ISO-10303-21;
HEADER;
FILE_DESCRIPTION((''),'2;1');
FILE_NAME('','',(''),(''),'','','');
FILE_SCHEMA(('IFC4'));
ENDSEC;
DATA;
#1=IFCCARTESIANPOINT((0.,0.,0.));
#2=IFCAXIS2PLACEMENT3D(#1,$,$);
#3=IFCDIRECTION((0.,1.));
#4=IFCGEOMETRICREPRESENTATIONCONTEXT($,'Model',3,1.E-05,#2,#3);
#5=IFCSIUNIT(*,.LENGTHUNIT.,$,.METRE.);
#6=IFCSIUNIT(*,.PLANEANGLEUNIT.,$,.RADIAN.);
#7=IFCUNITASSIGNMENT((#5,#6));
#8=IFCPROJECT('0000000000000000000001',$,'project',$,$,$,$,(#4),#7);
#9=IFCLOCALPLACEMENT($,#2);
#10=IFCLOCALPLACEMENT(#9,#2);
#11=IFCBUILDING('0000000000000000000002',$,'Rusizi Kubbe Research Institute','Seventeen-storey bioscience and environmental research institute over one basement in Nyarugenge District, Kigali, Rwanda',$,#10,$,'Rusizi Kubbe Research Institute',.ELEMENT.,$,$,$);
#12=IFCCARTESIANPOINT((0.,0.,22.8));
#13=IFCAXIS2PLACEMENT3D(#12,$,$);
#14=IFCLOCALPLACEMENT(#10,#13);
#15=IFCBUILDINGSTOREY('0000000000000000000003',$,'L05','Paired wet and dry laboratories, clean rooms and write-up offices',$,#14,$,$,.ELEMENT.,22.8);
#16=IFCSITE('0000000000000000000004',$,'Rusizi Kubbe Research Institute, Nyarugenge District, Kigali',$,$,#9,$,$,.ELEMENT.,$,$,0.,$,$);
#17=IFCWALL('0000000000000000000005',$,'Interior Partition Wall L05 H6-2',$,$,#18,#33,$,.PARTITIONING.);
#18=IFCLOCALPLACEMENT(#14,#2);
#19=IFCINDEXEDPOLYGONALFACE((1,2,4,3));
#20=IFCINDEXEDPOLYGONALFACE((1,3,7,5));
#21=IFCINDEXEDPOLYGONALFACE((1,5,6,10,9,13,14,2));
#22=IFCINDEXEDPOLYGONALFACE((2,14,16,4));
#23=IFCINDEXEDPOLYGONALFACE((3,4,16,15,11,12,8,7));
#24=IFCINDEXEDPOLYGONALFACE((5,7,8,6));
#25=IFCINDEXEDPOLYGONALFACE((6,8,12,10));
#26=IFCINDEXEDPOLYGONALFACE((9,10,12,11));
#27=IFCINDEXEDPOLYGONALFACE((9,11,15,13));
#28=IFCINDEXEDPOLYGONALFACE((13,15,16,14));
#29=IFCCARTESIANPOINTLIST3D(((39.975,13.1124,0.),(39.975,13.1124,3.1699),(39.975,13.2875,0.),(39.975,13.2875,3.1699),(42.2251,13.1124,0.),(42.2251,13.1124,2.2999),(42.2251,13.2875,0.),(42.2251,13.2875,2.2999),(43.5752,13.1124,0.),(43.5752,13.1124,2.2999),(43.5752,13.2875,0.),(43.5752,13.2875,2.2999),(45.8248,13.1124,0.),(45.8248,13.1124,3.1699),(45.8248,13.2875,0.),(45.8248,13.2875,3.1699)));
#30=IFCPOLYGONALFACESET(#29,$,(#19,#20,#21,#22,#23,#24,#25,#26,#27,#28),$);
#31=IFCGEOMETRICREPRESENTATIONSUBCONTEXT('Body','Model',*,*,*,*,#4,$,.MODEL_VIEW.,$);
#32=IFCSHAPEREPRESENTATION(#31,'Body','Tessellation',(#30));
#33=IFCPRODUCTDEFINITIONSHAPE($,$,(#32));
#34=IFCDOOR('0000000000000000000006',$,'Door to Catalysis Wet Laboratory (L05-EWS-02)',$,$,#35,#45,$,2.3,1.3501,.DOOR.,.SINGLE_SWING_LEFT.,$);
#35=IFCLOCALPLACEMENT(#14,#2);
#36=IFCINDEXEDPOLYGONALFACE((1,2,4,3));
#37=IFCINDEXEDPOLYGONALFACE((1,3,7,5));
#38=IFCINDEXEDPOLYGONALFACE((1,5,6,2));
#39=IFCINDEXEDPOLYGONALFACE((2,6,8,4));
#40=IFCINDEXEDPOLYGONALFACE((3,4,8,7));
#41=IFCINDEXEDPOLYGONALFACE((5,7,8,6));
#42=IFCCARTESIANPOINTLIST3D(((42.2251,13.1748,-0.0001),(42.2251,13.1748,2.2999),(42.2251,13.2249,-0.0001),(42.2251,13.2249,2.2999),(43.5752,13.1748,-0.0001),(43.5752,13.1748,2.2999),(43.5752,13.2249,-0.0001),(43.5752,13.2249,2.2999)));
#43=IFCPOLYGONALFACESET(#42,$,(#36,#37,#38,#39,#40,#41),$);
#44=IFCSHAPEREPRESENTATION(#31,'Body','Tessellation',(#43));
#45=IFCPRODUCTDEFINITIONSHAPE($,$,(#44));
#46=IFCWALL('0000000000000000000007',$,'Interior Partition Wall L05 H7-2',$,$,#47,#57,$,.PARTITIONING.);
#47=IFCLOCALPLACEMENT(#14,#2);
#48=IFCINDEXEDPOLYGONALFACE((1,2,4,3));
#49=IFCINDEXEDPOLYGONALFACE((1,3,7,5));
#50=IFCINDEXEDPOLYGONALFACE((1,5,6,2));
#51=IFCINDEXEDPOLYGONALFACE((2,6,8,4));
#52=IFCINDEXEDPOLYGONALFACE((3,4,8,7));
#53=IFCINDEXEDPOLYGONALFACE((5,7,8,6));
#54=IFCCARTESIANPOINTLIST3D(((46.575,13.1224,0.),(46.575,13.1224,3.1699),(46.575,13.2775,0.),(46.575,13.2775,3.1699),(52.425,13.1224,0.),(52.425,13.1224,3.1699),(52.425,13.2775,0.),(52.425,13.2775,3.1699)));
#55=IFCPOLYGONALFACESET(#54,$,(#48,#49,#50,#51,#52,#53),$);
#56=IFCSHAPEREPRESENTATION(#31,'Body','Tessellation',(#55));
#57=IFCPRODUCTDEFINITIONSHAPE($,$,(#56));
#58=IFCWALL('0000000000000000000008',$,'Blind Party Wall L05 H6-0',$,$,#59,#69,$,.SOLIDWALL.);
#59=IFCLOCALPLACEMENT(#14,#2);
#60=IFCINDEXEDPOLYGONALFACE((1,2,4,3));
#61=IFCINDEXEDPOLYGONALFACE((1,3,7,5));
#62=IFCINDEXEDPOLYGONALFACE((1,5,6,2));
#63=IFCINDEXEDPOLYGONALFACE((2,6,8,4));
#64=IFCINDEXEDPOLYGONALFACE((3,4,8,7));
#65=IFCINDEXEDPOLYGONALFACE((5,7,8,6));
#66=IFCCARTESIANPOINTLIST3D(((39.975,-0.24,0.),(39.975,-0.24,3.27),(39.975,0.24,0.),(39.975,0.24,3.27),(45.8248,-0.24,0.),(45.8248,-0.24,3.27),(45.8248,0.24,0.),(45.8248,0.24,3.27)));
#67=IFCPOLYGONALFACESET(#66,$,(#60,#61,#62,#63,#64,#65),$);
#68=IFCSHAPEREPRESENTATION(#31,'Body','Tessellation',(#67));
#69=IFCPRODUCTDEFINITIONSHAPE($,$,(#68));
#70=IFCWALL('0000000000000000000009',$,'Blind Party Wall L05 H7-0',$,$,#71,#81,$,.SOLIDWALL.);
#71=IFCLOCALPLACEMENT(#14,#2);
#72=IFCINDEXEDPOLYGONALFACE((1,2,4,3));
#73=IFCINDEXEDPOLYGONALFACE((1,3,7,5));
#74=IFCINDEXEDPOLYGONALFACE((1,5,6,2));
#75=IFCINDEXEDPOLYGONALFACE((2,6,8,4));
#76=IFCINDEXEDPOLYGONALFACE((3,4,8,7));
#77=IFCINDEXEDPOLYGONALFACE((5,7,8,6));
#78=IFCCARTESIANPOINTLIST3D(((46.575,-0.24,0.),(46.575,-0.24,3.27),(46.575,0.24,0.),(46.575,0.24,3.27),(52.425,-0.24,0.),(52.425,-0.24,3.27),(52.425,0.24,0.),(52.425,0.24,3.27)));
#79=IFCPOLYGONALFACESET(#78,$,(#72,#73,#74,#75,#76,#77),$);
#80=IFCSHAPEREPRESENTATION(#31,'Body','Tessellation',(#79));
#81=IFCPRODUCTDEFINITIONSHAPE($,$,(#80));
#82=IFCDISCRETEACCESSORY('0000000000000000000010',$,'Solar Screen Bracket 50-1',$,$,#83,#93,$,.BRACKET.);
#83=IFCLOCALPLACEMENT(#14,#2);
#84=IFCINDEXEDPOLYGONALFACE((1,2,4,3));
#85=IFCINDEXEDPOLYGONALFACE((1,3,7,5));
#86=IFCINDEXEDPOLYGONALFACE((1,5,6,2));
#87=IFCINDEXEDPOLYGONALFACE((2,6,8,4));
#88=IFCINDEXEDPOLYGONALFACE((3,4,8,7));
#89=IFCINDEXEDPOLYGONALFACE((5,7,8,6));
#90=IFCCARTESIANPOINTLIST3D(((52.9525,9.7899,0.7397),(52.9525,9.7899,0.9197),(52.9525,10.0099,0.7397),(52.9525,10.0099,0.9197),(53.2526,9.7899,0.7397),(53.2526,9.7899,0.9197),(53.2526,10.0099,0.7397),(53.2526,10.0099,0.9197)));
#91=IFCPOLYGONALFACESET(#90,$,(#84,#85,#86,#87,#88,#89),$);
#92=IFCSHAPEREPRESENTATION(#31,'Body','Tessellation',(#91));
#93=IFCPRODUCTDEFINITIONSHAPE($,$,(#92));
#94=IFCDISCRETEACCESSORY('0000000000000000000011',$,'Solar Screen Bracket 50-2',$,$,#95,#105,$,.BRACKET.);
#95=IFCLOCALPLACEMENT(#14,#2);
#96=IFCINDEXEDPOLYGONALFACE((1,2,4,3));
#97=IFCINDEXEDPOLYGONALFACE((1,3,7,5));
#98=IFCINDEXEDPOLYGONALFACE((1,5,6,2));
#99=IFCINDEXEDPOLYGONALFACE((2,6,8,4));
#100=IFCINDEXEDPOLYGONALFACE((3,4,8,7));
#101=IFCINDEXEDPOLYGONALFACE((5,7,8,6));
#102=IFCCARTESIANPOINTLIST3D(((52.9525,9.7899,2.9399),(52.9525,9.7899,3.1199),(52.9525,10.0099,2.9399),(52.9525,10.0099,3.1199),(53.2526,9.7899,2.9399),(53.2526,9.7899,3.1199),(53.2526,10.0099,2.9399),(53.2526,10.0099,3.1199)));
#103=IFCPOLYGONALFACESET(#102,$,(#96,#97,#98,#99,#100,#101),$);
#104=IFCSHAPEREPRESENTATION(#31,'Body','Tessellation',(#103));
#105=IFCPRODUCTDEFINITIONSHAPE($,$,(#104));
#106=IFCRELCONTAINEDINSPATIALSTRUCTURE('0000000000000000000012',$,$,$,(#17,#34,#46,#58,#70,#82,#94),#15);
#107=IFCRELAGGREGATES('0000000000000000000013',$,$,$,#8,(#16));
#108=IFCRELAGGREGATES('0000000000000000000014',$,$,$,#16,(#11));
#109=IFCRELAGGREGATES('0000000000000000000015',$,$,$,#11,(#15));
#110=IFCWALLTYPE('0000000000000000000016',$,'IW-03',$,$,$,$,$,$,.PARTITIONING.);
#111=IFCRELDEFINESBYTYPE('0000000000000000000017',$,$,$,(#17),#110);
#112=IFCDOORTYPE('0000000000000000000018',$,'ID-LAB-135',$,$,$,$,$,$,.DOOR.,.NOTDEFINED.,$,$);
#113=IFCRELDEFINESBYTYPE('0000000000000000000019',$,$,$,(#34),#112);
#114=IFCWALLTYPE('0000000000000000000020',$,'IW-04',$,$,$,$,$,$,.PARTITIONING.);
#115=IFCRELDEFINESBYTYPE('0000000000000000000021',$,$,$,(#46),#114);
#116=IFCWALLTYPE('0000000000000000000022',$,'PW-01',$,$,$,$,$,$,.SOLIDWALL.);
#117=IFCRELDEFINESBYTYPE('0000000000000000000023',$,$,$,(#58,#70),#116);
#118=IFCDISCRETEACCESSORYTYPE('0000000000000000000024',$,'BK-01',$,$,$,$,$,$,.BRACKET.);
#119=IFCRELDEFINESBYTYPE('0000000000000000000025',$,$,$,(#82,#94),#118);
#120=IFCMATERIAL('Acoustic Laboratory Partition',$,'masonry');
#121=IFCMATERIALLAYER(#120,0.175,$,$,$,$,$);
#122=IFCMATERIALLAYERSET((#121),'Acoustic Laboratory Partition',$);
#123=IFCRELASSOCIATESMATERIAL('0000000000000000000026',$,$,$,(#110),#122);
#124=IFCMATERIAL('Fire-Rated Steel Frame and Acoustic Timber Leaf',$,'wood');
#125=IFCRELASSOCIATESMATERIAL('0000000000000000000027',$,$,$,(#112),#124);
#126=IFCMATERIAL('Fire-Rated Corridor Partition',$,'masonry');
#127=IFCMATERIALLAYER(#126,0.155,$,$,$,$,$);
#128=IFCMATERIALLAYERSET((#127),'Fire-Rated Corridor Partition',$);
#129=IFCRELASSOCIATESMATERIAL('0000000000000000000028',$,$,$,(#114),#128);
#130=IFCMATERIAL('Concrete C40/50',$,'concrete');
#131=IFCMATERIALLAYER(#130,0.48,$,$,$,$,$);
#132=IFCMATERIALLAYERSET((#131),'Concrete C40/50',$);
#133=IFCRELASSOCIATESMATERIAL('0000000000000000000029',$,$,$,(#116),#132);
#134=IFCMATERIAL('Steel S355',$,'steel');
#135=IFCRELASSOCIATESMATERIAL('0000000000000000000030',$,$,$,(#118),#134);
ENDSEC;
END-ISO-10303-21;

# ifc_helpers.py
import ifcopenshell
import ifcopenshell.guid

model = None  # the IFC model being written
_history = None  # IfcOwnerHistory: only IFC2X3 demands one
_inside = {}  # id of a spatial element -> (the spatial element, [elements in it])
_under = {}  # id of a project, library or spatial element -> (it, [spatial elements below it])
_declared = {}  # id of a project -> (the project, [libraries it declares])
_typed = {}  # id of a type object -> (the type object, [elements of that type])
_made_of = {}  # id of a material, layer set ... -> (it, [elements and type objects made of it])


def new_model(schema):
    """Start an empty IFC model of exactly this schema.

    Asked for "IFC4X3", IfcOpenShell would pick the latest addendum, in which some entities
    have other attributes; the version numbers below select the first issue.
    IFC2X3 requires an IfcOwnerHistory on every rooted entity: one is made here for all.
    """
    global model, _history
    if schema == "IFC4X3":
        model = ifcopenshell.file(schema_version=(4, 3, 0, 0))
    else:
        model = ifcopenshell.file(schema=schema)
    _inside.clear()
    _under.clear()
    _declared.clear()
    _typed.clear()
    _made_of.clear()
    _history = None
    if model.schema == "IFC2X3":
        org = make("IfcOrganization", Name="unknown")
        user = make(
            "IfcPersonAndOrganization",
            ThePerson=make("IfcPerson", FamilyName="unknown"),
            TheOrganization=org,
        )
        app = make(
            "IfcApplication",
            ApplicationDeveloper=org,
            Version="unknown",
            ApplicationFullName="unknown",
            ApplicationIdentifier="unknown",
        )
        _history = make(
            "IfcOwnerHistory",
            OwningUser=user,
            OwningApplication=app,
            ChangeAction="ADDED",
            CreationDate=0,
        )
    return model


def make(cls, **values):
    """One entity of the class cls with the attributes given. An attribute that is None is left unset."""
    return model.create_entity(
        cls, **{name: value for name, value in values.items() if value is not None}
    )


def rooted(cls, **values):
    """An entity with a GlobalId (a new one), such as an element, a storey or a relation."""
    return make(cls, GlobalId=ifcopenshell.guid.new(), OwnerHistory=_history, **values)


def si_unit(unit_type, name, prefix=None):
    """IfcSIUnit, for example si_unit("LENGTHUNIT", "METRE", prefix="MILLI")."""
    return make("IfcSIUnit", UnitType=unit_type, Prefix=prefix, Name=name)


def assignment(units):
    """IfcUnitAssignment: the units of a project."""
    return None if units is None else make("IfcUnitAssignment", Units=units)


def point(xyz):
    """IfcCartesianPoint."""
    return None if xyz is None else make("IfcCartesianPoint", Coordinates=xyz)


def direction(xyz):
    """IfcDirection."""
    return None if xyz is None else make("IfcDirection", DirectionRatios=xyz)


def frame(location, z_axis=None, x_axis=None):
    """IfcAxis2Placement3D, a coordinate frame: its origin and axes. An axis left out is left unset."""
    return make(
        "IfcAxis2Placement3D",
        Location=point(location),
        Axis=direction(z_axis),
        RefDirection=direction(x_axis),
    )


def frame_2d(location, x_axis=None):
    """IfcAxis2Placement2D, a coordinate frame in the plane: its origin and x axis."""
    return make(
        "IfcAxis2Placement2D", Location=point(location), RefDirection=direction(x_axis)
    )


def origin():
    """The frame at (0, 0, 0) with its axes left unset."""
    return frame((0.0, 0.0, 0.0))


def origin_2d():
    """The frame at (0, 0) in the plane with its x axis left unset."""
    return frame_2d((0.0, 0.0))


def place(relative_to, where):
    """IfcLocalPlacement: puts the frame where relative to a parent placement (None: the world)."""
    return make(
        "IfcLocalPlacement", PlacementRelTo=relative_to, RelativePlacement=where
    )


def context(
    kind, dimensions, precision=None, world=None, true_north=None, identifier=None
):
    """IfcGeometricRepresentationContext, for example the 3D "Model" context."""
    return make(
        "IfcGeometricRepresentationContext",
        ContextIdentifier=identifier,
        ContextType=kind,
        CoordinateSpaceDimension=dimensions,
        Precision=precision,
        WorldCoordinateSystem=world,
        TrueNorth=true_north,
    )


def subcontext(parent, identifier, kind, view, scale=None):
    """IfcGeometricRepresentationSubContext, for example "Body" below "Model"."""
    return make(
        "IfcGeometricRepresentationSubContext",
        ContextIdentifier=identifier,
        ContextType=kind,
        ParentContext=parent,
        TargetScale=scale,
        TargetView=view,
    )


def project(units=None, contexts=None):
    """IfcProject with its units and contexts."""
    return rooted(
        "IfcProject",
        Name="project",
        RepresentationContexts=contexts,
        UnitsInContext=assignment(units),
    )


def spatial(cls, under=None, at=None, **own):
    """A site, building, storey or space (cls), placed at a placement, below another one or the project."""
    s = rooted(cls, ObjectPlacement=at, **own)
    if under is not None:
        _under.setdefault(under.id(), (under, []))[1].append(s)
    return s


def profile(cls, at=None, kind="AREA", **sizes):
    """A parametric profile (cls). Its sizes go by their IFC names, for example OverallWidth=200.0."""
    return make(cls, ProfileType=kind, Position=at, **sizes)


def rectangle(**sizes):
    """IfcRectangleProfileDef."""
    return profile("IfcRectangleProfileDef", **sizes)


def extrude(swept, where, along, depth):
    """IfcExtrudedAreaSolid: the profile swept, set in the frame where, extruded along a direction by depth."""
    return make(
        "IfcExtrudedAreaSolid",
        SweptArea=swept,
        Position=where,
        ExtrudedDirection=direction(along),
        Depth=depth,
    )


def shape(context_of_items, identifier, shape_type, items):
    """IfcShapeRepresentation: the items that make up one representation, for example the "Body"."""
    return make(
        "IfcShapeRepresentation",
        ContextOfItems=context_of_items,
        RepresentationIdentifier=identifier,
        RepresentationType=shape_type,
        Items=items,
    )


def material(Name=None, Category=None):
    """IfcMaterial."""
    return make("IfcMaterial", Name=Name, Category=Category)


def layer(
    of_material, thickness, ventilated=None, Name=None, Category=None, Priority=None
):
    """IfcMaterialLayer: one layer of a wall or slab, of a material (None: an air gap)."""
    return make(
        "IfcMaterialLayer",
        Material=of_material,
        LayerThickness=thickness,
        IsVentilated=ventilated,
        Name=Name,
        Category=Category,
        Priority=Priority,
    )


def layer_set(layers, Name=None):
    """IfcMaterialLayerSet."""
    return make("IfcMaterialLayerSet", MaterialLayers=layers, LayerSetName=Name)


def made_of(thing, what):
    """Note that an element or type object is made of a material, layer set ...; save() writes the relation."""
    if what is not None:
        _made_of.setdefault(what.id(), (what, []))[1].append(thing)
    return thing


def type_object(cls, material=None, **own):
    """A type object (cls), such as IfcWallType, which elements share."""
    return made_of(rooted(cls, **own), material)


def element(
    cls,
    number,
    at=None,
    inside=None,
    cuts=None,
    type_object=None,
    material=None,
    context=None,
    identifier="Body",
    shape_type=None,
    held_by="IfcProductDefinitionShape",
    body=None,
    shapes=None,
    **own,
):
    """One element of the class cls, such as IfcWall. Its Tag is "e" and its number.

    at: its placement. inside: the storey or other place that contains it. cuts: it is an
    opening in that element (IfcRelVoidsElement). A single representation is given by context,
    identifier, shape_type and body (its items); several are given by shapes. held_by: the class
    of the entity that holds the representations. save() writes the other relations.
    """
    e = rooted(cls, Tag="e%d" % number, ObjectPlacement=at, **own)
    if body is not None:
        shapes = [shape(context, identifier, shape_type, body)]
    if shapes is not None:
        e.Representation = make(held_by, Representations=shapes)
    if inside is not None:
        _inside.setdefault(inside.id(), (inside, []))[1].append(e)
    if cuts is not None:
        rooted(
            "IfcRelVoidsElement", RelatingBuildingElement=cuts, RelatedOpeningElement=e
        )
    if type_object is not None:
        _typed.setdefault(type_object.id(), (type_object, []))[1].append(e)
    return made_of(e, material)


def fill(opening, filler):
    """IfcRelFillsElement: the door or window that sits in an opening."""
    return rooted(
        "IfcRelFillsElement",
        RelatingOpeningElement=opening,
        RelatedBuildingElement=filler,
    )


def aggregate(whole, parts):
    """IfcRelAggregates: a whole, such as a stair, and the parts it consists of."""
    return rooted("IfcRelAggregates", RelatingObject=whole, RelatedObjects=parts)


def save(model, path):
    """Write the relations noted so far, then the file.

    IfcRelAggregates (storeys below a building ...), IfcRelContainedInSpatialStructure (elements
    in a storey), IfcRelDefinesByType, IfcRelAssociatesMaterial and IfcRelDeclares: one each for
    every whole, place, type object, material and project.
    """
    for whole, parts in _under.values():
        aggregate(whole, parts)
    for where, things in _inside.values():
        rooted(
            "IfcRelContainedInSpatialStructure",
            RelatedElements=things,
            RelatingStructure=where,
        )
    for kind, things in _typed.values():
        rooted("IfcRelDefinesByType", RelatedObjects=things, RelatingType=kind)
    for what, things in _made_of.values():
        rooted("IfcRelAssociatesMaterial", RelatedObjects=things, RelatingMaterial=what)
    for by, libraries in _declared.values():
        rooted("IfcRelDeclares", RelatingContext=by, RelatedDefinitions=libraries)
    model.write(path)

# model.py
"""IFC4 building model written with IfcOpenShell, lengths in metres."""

from ifc_helpers import new_model, si_unit, direction, frame, frame_2d, origin, origin_2d, place, context, subcontext, project, spatial, rectangle, extrude, material, layer, layer_set, type_object, element, fill, save


model = new_model("IFC4")

# Units and contexts
model_context = context("Model", 3, precision=1e-05, world=origin(), true_north=direction((0.0, 1.0)))
body_context = subcontext(model_context, "Body", "Model", "MODEL_VIEW")
ifc_project = project(units=[si_unit("LENGTHUNIT", "METRE"), si_unit("PLANEANGLEUNIT", "RADIAN")], contexts=[model_context])

# Site, building, storey
site_placement = place(None, origin())
site = spatial("IfcSite", under=ifc_project, at=site_placement, Name="Rusizi Kubbe Research Institute, Nyarugenge District, Kigali", CompositionType="ELEMENT", RefElevation=0.0)
building_placement = place(site_placement, origin())
building = spatial("IfcBuilding", under=site, at=building_placement, Name="Rusizi Kubbe Research Institute", Description="Seventeen-storey bioscience and environmental research institute over one basement in Nyarugenge District, Kigali, Rwanda", LongName="Rusizi Kubbe Research Institute", CompositionType="ELEMENT")
storey_placement = place(building_placement, frame((0.0, 0.0, 22.8)))
storey = spatial("IfcBuildingStorey", under=building, at=storey_placement, Name="L05", Description="Paired wet and dry laboratories, clean rooms and write-up offices", CompositionType="ELEMENT", Elevation=22.8)

# Wall, opening, door
ifc_material_1 = material(Name="Acoustic Laboratory Partition", Category="masonry")
ifc_layer_1 = layer(ifc_material_1, 0.175)
ifc_layer_set_1 = layer_set([ifc_layer_1], Name="Acoustic Laboratory Partition")
wall_type_1 = type_object("IfcWallType", Name="IW-03", PredefinedType="PARTITIONING", material=ifc_layer_set_1)
wall_1_placement = place(storey_placement, frame((39.9751, 13.2, 0.0), z_axis=(0.0, 0.0, 1.0), x_axis=(1.0, 0.0, 0.0)))
wall_1 = element("IfcWall", 1, at=wall_1_placement, inside=storey, type_object=wall_type_1, Name="Interior Partition Wall L05 H6-2", PredefinedType="PARTITIONING", context=body_context, shape_type="SweptSolid", body=[
    extrude(rectangle(XDim=5.8499, YDim=0.175, at=frame_2d((2.9248, 0.0))), origin(), (0.0, 0.0, 1.0), 3.1699),
])
opening_1_placement = place(wall_1_placement, frame((2.25, 0.0, 0.0)))
opening_1 = element("IfcOpeningElement", 2, at=opening_1_placement, cuts=wall_1, PredefinedType="OPENING", context=body_context, shape_type="SweptSolid", body=[
    extrude(rectangle(XDim=1.3501, YDim=2.3, at=frame_2d((0.675, 1.1499))), frame((0.0, 0.0974, 0.0), z_axis=(0.0, -1.0, 0.0), x_axis=(1.0, 0.0, 0.0)), (0.0, 0.0, 1.0), 0.1951),
])
ifc_material_2 = material(Name="Fire-Rated Steel Frame and Acoustic Timber Leaf", Category="wood")
door_type = type_object("IfcDoorType", Name="ID-LAB-135", OperationType="NOTDEFINED", PredefinedType="DOOR", material=ifc_material_2)
door_placement = place(opening_1_placement, origin())
door = element("IfcDoor", 3, at=door_placement, inside=storey, type_object=door_type, Name="Door to Catalysis Wet Laboratory (L05-EWS-02)", OperationType="SINGLE_SWING_LEFT", OverallHeight=2.3, OverallWidth=1.3501, PredefinedType="DOOR", context=body_context, shape_type="SweptSolid", body=[
    extrude(rectangle(XDim=1.3501, YDim=2.3, at=frame_2d((0.675, 1.1499))), frame((0.0, 0.0249, 0.0), z_axis=(0.0, -1.0, 0.0), x_axis=(1.0, 0.0, 0.0)), (0.0, 0.0, 1.0), 0.05),
])
fill(opening_1, door)

# Walls
ifc_material_3 = material(Name="Fire-Rated Corridor Partition", Category="masonry")
ifc_layer_2 = layer(ifc_material_3, 0.155)
ifc_layer_set_2 = layer_set([ifc_layer_2], Name="Fire-Rated Corridor Partition")
wall_type_2 = type_object("IfcWallType", Name="IW-04", PredefinedType="PARTITIONING", material=ifc_layer_set_2)
wall_2_placement = place(storey_placement, frame((46.575, 13.2, 0.0), z_axis=(0.0, 0.0, 1.0), x_axis=(1.0, 0.0, 0.0)))
element("IfcWall", 4, at=wall_2_placement, inside=storey, type_object=wall_type_2, Name="Interior Partition Wall L05 H7-2", PredefinedType="PARTITIONING", context=body_context, shape_type="SweptSolid", body=[
    extrude(rectangle(XDim=5.8501, YDim=0.155, at=frame_2d((2.925, 0.0))), origin(), (0.0, 0.0, 1.0), 3.1699),
])
ifc_material_4 = material(Name="Concrete C40/50", Category="concrete")
ifc_layer_3 = layer(ifc_material_4, 0.48)
ifc_layer_set_3 = layer_set([ifc_layer_3], Name="Concrete C40/50")
wall_type_3 = type_object("IfcWallType", Name="PW-01", PredefinedType="SOLIDWALL", material=ifc_layer_set_3)
wall_3_placement = place(storey_placement, frame((39.9751, 0.0, 0.0), z_axis=(0.0, 0.0, 1.0), x_axis=(1.0, 0.0, 0.0)))
element("IfcWall", 5, at=wall_3_placement, inside=storey, type_object=wall_type_3, Name="Blind Party Wall L05 H6-0", PredefinedType="SOLIDWALL", context=body_context, shape_type="SweptSolid", body=[
    extrude(rectangle(XDim=5.8499, YDim=0.48, at=frame_2d((2.9248, 0.0))), origin(), (0.0, 0.0, 1.0), 3.27),
])
wall_4_placement = place(storey_placement, frame((46.575, 0.0, 0.0), z_axis=(0.0, 0.0, 1.0), x_axis=(1.0, 0.0, 0.0)))
element("IfcWall", 6, at=wall_4_placement, inside=storey, type_object=wall_type_3, Name="Blind Party Wall L05 H7-0", PredefinedType="SOLIDWALL", context=body_context, shape_type="SweptSolid", body=[
    extrude(rectangle(XDim=5.8501, YDim=0.48, at=frame_2d((2.925, 0.0))), origin(), (0.0, 0.0, 1.0), 3.27),
])

# Discrete accessories
ifc_material_5 = material(Name="Steel S355", Category="steel")
discrete_accessory_type = type_object("IfcDiscreteAccessoryType", Name="BK-01", PredefinedType="BRACKET", material=ifc_material_5)
for number, where, z_axis, x_axis, name in (
    (7, (53.1025, 9.8999, 0.7397), (0.0, 0.0, 1.0), (1.0, 0.0, 0.0), "Solar Screen Bracket 50-1"),
    (8, (53.1025, 9.8999, 2.9399), (0.0, 0.0, 1.0), (1.0, 0.0, 0.0), "Solar Screen Bracket 50-2"),
):
    element("IfcDiscreteAccessory", number, at=place(storey_placement, frame(where, z_axis=z_axis, x_axis=x_axis)), inside=storey, type_object=discrete_accessory_type, Name=name, PredefinedType="BRACKET", context=body_context, shape_type="SweptSolid", body=[
        extrude(rectangle(XDim=0.3, YDim=0.22, at=origin_2d()), origin(), (0.0, 0.0, 1.0), 0.1799),
    ])

save(model, "model.ifc")
